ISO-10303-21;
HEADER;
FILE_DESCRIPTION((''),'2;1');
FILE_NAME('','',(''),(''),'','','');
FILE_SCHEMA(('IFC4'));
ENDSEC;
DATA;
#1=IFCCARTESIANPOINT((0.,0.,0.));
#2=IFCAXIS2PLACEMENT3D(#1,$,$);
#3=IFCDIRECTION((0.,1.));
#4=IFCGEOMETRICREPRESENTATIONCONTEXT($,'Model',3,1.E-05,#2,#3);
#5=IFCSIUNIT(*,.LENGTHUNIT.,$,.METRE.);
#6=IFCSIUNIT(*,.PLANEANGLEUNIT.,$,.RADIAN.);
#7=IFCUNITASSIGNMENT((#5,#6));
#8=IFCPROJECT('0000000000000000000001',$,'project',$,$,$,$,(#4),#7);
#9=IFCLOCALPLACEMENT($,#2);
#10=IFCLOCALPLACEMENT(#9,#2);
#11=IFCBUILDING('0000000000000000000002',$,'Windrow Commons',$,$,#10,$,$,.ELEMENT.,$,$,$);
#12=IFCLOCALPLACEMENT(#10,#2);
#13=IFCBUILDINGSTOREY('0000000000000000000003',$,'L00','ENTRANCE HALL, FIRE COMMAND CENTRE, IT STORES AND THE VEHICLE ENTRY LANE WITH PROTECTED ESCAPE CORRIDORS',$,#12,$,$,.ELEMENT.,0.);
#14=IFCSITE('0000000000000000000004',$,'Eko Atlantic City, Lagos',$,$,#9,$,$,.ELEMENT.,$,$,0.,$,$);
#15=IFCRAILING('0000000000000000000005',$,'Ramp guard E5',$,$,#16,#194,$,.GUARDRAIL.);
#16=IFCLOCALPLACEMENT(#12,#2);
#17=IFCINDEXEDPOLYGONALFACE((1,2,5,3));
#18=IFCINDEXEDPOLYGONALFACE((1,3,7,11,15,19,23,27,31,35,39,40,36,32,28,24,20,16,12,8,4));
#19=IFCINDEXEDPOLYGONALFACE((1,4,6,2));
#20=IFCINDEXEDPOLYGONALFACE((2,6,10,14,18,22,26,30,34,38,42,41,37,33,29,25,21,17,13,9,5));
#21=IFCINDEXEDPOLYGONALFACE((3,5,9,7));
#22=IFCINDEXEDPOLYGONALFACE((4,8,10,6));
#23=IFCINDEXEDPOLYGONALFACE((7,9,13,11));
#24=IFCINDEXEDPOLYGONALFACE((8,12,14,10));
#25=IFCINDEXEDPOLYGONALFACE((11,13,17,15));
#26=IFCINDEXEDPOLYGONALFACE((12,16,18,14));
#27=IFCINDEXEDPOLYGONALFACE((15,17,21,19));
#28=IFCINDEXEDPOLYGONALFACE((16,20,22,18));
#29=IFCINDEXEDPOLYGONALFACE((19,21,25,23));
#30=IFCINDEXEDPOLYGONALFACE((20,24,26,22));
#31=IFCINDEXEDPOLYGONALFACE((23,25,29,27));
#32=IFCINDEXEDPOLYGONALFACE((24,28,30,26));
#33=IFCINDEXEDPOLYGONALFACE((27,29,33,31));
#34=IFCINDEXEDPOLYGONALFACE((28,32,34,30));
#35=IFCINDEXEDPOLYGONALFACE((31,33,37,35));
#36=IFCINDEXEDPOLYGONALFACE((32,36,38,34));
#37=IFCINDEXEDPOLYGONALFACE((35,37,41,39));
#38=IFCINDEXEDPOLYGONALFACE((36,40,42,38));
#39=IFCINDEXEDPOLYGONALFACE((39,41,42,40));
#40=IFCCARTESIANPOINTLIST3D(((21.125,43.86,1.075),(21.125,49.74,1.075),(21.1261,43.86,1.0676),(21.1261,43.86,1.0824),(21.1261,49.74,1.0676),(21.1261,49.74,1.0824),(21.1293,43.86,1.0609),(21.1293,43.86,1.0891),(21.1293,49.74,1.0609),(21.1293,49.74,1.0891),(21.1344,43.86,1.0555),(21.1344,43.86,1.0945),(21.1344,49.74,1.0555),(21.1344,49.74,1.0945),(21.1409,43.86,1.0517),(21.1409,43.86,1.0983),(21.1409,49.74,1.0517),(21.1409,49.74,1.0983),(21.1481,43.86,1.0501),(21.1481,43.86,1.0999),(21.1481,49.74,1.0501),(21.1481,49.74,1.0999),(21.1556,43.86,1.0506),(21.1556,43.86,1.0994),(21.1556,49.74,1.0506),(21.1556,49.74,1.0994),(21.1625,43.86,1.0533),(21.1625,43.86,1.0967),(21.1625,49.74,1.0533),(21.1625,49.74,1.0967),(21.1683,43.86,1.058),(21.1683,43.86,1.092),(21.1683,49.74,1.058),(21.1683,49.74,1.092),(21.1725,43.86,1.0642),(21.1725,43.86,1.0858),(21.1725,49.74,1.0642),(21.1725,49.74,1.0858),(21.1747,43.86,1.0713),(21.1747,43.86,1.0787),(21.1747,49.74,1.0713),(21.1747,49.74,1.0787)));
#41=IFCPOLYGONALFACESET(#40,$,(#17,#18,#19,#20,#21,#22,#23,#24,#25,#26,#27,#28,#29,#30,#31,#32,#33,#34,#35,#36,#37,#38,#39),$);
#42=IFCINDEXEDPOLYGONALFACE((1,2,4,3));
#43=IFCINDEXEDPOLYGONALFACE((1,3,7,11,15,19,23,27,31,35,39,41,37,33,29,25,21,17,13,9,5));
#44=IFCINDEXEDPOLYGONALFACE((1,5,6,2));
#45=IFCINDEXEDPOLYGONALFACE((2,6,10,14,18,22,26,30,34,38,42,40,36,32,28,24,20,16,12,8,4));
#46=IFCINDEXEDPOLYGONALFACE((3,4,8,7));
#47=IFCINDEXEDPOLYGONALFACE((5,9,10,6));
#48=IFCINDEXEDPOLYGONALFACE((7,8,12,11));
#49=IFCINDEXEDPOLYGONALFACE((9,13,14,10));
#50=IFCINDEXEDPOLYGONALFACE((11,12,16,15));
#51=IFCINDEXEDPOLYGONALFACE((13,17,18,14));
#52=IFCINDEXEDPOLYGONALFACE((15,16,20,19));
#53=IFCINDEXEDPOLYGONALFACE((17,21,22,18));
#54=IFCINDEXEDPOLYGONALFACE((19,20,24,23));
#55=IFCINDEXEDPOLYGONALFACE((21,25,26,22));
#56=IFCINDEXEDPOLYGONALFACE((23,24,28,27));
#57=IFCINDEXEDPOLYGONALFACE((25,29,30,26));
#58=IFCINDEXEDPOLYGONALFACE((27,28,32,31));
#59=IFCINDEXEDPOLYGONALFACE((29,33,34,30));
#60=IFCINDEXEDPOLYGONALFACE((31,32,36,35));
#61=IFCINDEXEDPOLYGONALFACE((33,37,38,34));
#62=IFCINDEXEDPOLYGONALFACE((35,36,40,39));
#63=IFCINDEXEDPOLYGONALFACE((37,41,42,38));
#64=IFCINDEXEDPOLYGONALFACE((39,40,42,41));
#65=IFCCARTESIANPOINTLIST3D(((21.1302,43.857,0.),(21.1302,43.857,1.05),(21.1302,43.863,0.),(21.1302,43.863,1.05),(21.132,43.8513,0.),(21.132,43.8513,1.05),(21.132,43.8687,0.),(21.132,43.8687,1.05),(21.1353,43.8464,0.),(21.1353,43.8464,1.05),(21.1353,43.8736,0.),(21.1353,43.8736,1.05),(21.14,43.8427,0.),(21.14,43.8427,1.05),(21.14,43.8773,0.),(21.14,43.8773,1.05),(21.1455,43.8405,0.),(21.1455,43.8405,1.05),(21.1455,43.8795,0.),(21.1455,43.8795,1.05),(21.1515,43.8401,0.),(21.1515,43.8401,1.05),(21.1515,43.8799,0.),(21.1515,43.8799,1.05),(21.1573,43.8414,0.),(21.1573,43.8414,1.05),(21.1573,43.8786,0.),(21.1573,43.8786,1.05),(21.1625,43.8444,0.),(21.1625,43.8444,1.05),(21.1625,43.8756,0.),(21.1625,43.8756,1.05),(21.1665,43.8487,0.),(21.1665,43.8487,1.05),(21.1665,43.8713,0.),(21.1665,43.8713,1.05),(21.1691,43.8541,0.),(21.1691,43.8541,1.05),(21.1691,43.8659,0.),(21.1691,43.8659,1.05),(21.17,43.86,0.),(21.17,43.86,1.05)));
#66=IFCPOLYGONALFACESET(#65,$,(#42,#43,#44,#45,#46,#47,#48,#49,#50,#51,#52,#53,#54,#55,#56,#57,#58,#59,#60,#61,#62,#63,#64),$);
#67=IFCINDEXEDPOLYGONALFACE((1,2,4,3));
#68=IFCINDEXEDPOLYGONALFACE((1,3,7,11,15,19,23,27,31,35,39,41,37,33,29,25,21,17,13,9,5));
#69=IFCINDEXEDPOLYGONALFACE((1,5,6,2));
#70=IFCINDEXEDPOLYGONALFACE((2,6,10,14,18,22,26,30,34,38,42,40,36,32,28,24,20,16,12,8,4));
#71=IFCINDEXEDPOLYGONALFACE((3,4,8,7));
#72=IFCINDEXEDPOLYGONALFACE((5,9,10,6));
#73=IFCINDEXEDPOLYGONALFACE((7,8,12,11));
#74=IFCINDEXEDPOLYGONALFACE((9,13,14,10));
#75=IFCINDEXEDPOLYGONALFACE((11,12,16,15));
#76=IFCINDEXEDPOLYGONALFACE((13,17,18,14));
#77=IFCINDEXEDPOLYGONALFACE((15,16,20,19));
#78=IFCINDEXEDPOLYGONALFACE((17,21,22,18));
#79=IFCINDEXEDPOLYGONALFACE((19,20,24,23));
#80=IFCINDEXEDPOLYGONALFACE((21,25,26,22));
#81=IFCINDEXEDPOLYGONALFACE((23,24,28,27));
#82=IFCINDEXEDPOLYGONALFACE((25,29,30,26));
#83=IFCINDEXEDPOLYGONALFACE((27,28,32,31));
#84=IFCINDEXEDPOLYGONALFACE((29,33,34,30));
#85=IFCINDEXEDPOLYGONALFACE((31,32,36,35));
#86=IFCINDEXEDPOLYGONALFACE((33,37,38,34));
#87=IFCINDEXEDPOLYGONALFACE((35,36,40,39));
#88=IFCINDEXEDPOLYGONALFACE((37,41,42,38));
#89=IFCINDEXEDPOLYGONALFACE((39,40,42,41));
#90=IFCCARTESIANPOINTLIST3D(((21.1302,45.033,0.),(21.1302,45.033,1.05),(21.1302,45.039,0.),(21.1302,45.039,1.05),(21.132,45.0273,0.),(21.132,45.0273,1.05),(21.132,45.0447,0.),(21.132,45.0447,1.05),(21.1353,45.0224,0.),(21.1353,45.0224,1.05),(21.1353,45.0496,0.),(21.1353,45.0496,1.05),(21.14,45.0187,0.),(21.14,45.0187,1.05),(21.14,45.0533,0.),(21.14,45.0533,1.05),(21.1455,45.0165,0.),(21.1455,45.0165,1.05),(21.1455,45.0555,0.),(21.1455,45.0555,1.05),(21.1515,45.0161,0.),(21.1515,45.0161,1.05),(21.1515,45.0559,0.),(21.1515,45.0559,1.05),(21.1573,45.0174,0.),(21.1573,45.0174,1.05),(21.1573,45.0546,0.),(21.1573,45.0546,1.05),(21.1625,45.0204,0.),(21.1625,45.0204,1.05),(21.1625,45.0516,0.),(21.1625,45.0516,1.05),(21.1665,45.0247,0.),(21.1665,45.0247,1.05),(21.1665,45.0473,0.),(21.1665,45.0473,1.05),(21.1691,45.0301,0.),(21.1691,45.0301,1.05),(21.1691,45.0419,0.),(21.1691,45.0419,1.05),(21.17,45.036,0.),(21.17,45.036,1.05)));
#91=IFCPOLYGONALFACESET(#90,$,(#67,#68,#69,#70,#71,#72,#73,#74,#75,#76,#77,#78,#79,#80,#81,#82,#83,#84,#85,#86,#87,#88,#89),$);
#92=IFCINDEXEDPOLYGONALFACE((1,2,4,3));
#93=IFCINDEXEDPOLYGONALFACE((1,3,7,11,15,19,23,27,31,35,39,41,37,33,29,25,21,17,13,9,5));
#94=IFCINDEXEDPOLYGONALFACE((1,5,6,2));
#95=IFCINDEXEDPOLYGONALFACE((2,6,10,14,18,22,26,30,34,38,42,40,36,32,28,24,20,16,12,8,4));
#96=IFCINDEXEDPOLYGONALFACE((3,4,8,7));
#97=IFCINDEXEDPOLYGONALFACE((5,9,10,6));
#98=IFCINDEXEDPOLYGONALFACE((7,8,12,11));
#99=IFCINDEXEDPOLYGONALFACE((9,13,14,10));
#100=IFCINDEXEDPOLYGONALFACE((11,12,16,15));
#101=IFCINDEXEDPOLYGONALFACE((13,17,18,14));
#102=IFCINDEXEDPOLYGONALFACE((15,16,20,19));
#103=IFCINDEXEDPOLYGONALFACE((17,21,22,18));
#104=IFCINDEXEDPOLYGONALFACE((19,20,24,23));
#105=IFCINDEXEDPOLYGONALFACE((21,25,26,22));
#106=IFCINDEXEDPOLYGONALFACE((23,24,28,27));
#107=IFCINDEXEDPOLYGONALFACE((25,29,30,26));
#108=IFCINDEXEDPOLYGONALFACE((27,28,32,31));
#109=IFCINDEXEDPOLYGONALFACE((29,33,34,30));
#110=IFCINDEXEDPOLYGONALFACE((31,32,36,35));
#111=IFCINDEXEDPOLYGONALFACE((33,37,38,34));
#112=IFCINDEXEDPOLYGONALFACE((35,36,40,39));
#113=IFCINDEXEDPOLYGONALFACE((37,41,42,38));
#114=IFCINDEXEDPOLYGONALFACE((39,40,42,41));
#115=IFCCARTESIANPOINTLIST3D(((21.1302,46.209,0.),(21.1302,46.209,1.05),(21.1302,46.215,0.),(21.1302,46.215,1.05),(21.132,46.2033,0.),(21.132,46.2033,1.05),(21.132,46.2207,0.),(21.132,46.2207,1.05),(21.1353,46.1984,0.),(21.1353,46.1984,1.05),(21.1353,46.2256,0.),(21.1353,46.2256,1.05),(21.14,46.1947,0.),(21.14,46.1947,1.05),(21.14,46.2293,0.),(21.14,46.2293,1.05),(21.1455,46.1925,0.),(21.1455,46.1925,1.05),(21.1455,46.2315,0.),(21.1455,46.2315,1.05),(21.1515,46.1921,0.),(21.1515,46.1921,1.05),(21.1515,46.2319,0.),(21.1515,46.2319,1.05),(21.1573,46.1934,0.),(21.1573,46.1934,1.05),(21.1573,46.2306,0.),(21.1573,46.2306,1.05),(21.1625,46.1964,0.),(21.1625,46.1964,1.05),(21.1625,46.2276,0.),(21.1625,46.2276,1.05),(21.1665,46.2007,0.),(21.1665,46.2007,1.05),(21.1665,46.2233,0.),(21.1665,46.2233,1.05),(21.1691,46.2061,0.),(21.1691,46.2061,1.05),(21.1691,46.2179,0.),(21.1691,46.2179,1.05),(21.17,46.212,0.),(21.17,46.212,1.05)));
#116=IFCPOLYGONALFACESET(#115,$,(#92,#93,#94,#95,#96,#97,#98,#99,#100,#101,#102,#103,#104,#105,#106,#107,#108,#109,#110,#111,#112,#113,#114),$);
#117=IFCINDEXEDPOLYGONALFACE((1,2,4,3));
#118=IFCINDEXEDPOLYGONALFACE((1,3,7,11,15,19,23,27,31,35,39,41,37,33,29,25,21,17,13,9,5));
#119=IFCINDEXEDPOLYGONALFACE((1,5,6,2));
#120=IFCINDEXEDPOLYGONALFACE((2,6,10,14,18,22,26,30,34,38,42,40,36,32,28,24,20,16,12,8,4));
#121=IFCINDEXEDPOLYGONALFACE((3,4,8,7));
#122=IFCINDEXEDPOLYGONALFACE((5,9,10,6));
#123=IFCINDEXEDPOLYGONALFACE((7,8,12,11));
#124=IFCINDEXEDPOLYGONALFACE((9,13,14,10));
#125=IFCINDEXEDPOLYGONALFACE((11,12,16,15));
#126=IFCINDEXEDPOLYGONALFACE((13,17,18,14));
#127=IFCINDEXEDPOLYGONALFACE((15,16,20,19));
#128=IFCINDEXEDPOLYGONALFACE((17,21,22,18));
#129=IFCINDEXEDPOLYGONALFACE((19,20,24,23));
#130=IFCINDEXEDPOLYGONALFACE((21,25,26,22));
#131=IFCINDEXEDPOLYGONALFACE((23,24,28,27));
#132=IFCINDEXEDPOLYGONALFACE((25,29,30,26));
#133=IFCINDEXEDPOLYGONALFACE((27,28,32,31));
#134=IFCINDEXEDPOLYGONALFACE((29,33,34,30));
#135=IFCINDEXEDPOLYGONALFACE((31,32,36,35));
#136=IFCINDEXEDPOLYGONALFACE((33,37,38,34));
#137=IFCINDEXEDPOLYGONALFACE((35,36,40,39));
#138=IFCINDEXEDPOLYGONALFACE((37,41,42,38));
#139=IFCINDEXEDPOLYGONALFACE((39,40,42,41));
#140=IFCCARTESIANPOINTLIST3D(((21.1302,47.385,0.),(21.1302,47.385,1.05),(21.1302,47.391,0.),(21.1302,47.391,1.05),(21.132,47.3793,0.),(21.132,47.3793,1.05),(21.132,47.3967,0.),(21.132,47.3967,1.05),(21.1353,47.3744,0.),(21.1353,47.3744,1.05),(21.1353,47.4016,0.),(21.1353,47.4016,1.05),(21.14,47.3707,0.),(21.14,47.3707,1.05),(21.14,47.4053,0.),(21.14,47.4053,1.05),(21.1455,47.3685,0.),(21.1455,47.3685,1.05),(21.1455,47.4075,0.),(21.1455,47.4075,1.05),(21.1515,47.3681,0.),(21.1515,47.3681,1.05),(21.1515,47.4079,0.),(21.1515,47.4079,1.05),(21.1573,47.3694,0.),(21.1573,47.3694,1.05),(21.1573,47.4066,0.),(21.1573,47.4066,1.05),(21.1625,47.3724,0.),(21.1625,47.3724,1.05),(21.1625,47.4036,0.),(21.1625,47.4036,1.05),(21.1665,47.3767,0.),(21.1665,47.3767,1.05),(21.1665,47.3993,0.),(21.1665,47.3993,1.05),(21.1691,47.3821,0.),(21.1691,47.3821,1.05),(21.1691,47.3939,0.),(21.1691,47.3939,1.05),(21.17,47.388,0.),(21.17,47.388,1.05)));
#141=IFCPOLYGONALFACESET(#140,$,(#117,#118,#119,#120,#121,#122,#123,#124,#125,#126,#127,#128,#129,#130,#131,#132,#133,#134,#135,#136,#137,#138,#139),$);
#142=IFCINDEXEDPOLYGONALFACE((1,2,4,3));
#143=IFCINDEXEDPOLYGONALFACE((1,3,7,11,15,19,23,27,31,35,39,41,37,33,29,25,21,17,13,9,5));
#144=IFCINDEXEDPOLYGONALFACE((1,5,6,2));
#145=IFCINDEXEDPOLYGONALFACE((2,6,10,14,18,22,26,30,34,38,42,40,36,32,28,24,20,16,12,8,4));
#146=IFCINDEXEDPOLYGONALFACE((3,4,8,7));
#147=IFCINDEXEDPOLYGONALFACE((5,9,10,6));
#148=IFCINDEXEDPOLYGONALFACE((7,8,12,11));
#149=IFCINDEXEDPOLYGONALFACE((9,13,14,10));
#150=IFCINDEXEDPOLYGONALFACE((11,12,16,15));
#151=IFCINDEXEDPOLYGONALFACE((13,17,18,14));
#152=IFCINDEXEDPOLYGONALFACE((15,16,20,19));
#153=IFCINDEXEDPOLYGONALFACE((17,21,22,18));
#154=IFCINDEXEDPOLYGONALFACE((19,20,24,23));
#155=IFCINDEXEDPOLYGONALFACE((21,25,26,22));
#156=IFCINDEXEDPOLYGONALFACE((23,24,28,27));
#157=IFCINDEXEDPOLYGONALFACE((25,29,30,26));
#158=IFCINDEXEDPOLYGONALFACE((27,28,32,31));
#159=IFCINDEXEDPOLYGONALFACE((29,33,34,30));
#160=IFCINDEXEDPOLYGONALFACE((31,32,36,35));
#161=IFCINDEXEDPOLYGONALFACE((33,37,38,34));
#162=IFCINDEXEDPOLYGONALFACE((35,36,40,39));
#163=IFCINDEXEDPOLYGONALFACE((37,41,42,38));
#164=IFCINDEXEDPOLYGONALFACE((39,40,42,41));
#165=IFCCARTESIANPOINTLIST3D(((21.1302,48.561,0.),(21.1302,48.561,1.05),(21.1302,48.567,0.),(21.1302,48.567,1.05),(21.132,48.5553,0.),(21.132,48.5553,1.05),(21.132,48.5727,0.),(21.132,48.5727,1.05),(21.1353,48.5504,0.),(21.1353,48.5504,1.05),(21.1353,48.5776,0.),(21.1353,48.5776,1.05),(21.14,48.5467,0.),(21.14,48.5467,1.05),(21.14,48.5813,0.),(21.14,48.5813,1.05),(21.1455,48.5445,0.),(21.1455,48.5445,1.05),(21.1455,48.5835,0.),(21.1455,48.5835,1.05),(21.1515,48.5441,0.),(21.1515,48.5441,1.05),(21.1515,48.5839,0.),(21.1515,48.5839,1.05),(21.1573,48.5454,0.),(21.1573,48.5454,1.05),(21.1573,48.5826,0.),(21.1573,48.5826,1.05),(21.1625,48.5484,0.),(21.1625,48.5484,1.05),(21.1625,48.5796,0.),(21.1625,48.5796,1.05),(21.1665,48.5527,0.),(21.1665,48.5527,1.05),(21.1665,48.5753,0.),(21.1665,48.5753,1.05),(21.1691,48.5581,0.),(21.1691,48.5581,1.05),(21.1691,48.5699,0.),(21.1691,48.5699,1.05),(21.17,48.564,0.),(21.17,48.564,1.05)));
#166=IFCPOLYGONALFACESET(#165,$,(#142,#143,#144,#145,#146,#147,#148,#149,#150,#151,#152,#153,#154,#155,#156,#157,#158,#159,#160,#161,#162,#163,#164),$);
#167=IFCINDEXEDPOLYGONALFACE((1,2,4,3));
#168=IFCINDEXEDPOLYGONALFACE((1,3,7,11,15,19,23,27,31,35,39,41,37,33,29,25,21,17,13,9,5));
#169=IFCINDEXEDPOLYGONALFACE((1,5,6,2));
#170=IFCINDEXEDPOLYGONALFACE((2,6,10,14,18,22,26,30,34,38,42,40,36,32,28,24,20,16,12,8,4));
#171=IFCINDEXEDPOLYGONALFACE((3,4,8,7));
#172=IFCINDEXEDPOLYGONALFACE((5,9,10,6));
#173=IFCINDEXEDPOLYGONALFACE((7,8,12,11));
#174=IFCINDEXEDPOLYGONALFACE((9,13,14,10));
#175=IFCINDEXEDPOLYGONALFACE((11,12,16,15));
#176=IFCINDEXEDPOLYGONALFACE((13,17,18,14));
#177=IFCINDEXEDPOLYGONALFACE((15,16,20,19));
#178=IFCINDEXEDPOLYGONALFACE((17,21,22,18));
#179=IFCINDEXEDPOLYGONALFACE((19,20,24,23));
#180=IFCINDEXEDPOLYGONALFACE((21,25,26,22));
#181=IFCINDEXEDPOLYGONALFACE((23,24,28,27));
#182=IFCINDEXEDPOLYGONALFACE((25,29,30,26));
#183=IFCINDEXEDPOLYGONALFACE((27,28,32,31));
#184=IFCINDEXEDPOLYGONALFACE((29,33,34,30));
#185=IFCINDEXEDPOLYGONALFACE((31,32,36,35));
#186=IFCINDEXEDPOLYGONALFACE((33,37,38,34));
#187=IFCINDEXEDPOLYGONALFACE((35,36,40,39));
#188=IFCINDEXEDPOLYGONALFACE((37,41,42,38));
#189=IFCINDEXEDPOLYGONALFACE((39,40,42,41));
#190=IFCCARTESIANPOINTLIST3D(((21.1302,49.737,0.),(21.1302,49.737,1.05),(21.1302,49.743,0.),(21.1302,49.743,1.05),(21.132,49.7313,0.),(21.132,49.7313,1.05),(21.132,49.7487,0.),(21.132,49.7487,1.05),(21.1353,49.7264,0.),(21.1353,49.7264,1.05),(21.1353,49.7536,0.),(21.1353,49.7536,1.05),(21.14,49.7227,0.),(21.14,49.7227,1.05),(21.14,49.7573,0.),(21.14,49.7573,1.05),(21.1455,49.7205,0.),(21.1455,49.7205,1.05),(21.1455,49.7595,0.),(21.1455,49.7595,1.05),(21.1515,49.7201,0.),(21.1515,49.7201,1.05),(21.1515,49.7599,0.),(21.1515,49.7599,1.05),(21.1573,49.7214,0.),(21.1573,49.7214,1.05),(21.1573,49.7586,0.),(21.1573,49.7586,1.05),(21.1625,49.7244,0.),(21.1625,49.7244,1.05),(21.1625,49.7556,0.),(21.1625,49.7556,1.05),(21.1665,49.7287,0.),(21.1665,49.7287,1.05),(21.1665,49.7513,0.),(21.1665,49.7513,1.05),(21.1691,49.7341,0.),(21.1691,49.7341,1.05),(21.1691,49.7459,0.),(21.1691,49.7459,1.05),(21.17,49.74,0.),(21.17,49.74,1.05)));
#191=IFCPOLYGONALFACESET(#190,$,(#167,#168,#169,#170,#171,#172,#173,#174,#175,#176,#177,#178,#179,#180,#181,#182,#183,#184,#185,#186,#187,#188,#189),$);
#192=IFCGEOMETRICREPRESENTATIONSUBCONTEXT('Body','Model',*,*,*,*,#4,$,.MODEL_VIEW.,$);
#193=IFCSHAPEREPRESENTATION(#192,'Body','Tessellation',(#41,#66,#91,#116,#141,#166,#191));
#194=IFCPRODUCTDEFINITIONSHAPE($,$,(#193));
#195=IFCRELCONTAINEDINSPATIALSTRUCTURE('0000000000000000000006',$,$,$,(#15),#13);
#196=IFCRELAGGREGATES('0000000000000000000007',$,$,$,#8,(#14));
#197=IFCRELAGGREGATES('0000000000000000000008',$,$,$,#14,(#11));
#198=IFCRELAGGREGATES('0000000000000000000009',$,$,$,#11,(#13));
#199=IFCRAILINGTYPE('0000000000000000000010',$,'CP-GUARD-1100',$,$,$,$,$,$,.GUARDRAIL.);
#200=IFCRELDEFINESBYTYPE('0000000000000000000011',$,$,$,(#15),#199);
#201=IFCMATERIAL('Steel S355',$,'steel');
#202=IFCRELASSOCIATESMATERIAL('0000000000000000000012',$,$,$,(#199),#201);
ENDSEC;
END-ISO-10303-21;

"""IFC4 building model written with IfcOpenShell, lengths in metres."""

from ifc_helpers import new_model, si_unit, direction, frame, origin, origin_2d, place, context, subcontext, project, spatial, circle, extrude, material, type_object, element, save


model = new_model("IFC4")

# Units and contexts
model_context = context("Model", 3, precision=1e-05, world=origin(), true_north=direction((0.0, 1.0)))
body_context = subcontext(model_context, "Body", "Model", "MODEL_VIEW")
ifc_project = project(units=[si_unit("LENGTHUNIT", "METRE"), si_unit("PLANEANGLEUNIT", "RADIAN")], contexts=[model_context])

# Site, building, storey
site_placement = place(None, origin())
site = spatial("IfcSite", under=ifc_project, at=site_placement, Name="Eko Atlantic City, Lagos", CompositionType="ELEMENT", RefElevation=0.0)
building_placement = place(site_placement, origin())
building = spatial("IfcBuilding", under=site, at=building_placement, Name="Windrow Commons", CompositionType="ELEMENT")
storey_placement = place(building_placement, origin())
storey = spatial("IfcBuildingStorey", under=building, at=storey_placement, Name="L00", Description="ENTRANCE HALL, FIRE COMMAND CENTRE, IT STORES AND THE VEHICLE ENTRY LANE WITH PROTECTED ESCAPE CORRIDORS", CompositionType="ELEMENT", Elevation=0.0)

# Railing
ifc_material_1 = material(Name="Steel S355", Category="steel")
railing_type = type_object("IfcRailingType", Name="CP-GUARD-1100", PredefinedType="GUARDRAIL", material=ifc_material_1)
for number, where, name in (
    (1, (21.15, 43.86, 0.0), "Ramp guard E5"),
):
    element("IfcRailing", number, at=place(storey_placement, frame(where)), inside=storey, type_object=railing_type, Name=name, PredefinedType="GUARDRAIL", context=body_context, shape_type="SweptSolid", body=[
        extrude(circle(Radius=0.025, at=origin_2d()), frame((0.0, 0.0, 1.075), z_axis=(0.0, 1.0, 0.0), x_axis=(-1.0, 0.0, 0.0)), (0.0, 0.0, 1.0), 5.88),
        extrude(circle(Radius=0.02, at=origin_2d()), origin(), (0.0, 0.0, 1.0), 1.05),
        extrude(circle(Radius=0.02, at=origin_2d()), frame((0.0, 1.176, 0.0)), (0.0, 0.0, 1.0), 1.05),
        extrude(circle(Radius=0.02, at=origin_2d()), frame((0.0, 2.352, 0.0)), (0.0, 0.0, 1.0), 1.05),
        extrude(circle(Radius=0.02, at=origin_2d()), frame((0.0, 3.528, 0.0)), (0.0, 0.0, 1.0), 1.05),
        extrude(circle(Radius=0.02, at=origin_2d()), frame((0.0, 4.704, 0.0)), (0.0, 0.0, 1.0), 1.05),
        extrude(circle(Radius=0.02, at=origin_2d()), frame((0.0, 5.88, 0.0)), (0.0, 0.0, 1.0), 1.05),
    ])

save(model, "model.ifc")
